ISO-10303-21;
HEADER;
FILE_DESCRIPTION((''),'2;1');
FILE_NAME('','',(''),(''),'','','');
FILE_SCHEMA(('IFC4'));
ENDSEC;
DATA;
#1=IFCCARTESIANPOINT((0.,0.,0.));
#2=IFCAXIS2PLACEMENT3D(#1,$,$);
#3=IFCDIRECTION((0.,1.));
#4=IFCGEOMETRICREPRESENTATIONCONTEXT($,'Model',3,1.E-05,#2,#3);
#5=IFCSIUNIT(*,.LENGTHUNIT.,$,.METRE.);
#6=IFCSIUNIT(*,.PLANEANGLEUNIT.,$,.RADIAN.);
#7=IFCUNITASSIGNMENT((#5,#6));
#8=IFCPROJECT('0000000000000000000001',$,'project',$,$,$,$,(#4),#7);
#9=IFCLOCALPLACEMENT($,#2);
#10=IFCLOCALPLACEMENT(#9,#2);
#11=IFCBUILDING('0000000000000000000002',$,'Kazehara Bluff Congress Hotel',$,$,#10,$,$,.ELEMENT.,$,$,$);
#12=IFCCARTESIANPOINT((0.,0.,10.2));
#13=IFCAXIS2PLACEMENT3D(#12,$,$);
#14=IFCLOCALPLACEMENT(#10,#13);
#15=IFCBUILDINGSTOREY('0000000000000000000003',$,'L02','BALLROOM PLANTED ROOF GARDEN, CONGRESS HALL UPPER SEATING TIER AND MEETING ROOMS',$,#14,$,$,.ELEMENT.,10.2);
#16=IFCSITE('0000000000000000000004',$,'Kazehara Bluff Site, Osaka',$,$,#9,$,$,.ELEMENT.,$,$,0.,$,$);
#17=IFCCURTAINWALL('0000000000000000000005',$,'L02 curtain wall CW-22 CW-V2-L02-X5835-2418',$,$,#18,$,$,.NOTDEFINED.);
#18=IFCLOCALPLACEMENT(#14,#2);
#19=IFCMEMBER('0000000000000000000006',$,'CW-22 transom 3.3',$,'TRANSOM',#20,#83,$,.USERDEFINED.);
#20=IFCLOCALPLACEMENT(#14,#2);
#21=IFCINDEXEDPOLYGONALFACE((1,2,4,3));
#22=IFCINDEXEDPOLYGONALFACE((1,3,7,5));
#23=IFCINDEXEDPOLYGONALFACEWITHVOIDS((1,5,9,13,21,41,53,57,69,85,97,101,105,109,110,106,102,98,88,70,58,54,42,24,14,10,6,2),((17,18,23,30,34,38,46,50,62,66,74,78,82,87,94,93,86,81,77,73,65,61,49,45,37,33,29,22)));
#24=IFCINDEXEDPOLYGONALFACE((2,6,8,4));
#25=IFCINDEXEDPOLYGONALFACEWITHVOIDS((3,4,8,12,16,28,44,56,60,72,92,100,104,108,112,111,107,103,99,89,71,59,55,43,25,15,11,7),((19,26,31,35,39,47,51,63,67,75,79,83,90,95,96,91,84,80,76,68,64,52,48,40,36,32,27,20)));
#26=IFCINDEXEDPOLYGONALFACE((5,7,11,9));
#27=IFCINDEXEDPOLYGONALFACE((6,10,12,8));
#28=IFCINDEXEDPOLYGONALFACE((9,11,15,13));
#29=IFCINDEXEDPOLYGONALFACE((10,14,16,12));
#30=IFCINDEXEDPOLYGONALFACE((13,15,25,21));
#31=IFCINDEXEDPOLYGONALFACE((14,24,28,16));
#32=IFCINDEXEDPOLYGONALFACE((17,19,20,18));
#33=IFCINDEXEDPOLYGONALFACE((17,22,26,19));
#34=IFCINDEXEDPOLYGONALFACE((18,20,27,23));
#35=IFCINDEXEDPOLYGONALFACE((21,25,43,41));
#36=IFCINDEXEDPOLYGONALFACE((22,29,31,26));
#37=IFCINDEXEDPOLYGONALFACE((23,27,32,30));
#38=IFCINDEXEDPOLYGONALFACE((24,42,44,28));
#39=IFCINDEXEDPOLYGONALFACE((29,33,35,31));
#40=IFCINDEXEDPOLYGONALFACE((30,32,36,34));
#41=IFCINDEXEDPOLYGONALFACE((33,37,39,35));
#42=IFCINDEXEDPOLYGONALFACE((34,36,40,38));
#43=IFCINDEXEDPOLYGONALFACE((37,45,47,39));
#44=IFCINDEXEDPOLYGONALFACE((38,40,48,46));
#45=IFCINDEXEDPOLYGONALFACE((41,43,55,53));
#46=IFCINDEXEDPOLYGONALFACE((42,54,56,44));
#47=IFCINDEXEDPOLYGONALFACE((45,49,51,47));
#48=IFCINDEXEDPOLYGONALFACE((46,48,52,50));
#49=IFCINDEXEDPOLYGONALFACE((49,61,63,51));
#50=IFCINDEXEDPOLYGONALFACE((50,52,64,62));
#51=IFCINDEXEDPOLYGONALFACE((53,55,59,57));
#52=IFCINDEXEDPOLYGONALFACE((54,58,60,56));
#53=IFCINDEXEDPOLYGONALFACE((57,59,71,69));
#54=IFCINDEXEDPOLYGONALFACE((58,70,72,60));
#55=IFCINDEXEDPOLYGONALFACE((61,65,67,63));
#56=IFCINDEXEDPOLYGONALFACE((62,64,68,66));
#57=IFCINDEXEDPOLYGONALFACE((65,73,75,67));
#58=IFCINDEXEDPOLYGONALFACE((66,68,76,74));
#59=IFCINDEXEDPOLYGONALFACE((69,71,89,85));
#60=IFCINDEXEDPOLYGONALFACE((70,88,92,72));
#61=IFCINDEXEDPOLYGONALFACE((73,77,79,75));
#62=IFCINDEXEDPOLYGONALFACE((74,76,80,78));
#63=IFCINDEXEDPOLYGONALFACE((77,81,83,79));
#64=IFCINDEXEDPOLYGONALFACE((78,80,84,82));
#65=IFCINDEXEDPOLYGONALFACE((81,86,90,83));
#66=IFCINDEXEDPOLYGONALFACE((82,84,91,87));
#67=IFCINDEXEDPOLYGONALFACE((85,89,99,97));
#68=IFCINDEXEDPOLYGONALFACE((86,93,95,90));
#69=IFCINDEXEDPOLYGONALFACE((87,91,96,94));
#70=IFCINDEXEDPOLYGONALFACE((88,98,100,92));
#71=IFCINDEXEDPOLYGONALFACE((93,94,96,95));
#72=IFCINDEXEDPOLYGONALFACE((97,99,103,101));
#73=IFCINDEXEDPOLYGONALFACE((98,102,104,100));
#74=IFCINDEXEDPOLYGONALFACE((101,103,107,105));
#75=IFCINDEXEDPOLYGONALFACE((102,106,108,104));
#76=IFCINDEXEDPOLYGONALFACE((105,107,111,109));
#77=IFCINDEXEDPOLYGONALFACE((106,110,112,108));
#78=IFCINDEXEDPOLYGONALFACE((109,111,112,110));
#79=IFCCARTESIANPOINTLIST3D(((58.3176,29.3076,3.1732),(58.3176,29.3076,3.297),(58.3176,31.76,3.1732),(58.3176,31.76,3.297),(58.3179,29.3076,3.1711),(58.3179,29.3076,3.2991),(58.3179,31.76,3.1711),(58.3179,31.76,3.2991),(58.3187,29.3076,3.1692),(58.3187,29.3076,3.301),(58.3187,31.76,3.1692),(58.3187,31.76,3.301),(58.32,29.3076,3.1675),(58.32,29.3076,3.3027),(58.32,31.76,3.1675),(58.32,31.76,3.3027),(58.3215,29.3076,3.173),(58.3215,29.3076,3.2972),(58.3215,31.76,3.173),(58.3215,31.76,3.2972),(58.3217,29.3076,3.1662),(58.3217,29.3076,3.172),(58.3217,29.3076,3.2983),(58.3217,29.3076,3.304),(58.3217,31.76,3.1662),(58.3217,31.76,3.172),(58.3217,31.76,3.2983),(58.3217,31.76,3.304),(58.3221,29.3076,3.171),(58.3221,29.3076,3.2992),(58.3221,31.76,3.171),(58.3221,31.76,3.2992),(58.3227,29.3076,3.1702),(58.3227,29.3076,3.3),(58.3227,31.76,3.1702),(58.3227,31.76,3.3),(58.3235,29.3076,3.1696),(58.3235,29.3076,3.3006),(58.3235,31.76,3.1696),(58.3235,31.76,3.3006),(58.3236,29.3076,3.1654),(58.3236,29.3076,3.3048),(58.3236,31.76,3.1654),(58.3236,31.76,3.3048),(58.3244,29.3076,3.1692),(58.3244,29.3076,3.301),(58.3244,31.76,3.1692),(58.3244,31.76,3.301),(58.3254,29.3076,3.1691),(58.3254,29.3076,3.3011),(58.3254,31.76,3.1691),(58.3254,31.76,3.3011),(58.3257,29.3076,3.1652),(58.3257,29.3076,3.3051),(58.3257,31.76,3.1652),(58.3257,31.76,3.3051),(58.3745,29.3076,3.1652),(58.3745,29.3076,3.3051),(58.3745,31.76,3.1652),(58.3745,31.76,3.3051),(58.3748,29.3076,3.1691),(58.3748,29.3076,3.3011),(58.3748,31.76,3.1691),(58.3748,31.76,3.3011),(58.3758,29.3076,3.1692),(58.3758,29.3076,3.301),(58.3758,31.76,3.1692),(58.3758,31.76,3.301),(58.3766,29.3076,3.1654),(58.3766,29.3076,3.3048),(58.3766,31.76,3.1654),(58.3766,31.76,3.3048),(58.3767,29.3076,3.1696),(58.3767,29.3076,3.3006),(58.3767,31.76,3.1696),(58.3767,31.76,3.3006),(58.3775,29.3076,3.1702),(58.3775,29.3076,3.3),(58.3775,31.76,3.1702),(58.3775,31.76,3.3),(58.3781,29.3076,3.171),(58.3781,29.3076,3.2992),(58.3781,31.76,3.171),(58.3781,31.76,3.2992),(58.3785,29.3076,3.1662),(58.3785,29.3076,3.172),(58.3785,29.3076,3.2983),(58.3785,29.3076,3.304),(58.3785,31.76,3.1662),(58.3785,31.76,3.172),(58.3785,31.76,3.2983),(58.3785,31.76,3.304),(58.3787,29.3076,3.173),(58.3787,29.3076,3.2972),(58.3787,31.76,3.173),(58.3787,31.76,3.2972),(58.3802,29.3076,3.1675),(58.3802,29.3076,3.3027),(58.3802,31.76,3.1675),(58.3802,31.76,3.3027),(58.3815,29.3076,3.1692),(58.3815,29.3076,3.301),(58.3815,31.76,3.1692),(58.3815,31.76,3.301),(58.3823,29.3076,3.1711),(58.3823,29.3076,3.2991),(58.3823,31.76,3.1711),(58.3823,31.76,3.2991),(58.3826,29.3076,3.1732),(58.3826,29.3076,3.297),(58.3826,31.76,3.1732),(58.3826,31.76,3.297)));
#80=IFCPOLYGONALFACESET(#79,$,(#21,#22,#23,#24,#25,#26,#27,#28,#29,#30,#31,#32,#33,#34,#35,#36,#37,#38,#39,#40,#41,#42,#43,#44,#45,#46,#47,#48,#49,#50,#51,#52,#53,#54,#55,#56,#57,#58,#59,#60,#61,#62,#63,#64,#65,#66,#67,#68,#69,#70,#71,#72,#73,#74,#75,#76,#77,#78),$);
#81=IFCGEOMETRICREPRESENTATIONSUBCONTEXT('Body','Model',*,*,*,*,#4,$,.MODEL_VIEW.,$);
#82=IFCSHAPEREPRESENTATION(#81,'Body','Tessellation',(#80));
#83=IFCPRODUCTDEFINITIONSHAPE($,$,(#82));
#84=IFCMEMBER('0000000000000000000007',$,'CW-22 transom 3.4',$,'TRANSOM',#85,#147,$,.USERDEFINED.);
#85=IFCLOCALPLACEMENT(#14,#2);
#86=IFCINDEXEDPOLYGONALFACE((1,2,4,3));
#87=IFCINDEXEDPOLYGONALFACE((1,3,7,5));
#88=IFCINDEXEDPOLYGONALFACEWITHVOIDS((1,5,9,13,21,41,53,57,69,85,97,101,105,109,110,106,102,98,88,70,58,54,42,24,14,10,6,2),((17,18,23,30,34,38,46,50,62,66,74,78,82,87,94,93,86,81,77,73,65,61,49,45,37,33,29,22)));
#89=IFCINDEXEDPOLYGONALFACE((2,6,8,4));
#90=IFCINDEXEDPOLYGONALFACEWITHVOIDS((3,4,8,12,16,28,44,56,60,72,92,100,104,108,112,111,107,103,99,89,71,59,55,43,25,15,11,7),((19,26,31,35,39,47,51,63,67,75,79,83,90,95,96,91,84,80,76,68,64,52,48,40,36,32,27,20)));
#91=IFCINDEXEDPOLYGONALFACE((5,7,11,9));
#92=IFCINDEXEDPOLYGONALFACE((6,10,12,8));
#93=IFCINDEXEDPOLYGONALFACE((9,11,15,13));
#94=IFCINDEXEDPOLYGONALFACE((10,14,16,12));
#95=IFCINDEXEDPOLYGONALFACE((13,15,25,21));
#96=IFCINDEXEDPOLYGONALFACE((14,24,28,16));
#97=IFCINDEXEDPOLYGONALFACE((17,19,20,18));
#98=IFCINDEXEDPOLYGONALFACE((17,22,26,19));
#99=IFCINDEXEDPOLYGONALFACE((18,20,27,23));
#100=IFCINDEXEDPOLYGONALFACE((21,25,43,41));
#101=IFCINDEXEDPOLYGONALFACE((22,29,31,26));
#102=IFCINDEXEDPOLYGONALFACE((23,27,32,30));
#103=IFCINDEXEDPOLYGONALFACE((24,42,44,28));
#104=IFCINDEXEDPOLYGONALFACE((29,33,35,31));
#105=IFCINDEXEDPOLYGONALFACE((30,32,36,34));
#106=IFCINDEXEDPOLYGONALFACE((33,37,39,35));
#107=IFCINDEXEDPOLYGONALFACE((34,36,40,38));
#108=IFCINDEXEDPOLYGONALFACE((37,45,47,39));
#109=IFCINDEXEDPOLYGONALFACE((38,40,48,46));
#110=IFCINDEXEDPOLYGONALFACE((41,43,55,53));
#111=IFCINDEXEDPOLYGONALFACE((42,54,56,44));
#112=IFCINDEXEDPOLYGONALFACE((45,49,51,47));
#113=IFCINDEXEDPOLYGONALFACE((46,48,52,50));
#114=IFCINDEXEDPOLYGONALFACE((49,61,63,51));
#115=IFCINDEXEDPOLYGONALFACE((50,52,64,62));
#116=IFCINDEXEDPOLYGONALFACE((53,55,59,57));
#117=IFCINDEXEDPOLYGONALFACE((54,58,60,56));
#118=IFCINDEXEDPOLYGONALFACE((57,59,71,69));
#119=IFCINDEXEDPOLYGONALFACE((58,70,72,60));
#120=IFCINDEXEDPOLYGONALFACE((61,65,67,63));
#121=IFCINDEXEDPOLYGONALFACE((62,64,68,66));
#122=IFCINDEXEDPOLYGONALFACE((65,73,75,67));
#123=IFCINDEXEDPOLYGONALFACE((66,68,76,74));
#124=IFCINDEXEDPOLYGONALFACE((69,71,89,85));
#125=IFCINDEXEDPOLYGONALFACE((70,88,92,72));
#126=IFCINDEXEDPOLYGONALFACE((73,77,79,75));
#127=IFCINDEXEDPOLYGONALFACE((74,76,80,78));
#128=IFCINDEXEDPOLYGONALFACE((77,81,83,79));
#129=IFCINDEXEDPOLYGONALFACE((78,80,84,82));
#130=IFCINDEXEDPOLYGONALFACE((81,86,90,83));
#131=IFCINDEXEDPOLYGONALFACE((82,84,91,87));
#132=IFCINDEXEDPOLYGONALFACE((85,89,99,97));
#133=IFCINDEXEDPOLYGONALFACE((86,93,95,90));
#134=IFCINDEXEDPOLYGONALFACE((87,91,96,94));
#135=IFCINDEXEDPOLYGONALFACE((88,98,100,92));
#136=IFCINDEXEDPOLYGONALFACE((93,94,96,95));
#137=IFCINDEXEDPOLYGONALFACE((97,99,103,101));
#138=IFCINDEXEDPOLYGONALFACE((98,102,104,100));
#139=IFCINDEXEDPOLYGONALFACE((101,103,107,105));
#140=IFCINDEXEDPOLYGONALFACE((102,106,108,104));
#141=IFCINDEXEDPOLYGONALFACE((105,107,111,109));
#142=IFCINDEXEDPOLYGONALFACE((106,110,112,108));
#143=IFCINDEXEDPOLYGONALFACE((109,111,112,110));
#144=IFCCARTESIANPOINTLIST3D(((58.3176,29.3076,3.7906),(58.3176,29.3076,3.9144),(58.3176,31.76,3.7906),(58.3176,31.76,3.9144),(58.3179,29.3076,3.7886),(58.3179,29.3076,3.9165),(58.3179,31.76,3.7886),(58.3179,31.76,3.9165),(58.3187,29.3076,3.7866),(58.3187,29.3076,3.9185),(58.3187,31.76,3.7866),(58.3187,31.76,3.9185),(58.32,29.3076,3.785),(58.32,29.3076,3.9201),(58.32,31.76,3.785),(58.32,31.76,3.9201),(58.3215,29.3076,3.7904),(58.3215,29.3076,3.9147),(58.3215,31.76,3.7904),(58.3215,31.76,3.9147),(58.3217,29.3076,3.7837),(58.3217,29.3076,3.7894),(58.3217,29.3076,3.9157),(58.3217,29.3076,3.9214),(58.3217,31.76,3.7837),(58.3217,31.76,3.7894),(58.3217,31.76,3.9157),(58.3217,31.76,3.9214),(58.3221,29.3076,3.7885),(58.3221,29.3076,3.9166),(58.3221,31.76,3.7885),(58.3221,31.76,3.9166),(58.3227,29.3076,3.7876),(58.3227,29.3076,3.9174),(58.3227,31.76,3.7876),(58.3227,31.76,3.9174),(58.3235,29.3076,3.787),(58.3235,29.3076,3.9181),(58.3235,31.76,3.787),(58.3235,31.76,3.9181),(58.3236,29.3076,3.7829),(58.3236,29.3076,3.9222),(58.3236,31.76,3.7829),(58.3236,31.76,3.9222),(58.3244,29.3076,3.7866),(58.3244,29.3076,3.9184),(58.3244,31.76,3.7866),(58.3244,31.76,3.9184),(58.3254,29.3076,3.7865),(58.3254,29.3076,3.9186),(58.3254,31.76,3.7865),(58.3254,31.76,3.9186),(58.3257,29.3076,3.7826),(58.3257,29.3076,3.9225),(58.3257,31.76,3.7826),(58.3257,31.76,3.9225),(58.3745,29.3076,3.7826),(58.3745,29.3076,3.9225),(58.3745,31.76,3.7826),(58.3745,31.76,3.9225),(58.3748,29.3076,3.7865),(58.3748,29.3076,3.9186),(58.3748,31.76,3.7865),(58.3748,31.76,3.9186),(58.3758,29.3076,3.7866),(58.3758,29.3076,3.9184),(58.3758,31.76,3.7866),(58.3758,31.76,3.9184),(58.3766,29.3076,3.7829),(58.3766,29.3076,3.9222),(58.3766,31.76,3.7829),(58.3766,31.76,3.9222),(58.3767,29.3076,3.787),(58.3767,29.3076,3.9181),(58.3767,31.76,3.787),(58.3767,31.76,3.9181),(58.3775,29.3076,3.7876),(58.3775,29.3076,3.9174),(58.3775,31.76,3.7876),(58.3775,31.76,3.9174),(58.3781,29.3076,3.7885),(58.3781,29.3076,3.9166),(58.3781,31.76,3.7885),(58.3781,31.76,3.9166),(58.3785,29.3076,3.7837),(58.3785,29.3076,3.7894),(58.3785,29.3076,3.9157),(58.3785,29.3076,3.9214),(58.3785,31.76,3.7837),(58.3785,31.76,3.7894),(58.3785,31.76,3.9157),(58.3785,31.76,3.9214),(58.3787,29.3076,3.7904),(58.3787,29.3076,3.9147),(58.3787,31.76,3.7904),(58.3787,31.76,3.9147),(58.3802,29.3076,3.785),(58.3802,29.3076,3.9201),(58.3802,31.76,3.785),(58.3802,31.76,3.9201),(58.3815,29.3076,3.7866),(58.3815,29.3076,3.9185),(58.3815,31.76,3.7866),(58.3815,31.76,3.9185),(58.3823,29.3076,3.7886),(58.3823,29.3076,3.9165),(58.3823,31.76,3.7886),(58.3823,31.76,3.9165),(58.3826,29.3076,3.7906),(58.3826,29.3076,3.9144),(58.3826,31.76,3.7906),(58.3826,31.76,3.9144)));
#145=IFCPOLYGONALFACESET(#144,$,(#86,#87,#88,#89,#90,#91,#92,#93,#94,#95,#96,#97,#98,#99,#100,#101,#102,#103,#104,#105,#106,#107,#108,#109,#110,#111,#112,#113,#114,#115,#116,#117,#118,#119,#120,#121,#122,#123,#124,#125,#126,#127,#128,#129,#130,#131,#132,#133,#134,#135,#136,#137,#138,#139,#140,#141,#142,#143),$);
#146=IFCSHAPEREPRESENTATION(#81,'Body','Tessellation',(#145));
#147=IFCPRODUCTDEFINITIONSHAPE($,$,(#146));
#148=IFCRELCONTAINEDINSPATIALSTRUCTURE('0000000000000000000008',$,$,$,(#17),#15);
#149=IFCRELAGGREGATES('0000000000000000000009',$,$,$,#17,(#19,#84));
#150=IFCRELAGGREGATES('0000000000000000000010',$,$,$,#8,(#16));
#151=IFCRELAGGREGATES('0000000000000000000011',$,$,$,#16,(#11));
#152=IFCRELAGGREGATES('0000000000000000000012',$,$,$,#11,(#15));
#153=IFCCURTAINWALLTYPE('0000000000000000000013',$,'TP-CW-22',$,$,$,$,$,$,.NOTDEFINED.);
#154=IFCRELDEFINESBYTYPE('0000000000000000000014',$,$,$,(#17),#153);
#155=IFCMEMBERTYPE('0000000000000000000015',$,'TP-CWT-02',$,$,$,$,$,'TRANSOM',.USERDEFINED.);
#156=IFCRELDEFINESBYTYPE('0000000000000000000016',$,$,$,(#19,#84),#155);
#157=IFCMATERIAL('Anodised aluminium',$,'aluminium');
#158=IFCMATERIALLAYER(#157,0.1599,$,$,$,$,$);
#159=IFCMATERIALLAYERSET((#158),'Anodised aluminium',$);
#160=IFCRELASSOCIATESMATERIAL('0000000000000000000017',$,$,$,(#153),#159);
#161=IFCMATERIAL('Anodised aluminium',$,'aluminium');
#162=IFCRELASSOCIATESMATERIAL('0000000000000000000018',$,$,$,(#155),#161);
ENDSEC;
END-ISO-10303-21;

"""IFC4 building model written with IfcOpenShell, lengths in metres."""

from ifc_helpers import new_model, si_unit, direction, frame, origin, origin_2d, place, context, subcontext, project, spatial, hollow_rectangle, extrude, material, layer, layer_set, material_profile, profile_set, type_object, element, aggregate, save


model = new_model("IFC4")

# Units and contexts
model_context = context("Model", 3, precision=1e-05, world=origin(), true_north=direction((0.0, 1.0)))
body_context = subcontext(model_context, "Body", "Model", "MODEL_VIEW")
ifc_project = project(units=[si_unit("LENGTHUNIT", "METRE"), si_unit("PLANEANGLEUNIT", "RADIAN")], contexts=[model_context])

# Site, building, storey
site_placement = place(None, origin())
site = spatial("IfcSite", under=ifc_project, at=site_placement, Name="Kazehara Bluff Site, Osaka", CompositionType="ELEMENT", RefElevation=0.0)
building_placement = place(site_placement, origin())
building = spatial("IfcBuilding", under=site, at=building_placement, Name="Kazehara Bluff Congress Hotel", CompositionType="ELEMENT")
storey_placement = place(building_placement, frame((0.0, 0.0, 10.2)))
storey = spatial("IfcBuildingStorey", under=building, at=storey_placement, Name="L02", Description="BALLROOM PLANTED ROOF GARDEN, CONGRESS HALL UPPER SEATING TIER AND MEETING ROOMS", CompositionType="ELEMENT", Elevation=10.2)

# Curtain wall
ifc_material_1 = material(Name="Anodised aluminium", Category="aluminium")
ifc_layer_1 = layer(ifc_material_1, 0.1599)
ifc_layer_set_1 = layer_set([ifc_layer_1], Name="Anodised aluminium")
curtain_wall_type_1 = type_object("IfcCurtainWallType", Name="TP-CW-22", PredefinedType="NOTDEFINED", material=ifc_layer_set_1)
curtain_wall_1_placement = place(storey_placement, origin())
curtain_wall_1 = element("IfcCurtainWall", 1, at=curtain_wall_1_placement, inside=storey, type_object=curtain_wall_type_1, Name="L02 curtain wall CW-22 CW-V2-L02-X5835-2418", PredefinedType="NOTDEFINED")

# Members
ifc_material_2 = material(Name="Anodised aluminium", Category="aluminium")
ifc_material_profile_1 = material_profile(ifc_material_2, hollow_rectangle(XDim=0.0649, YDim=0.1399, WallThickness=0.0039, InnerFilletRadius=0.0039, OuterFilletRadius=0.0081, at=origin_2d()))
ifc_profile_set_1 = profile_set([ifc_material_profile_1], Name="Anodised aluminium")
member_type_1 = type_object("IfcMemberType", Name="TP-CWT-02", ElementType="TRANSOM", PredefinedType="USERDEFINED", material=ifc_profile_set_1)
member_1_placement = place(storey_placement, frame((58.3501, 29.3076, 3.2351), z_axis=(0.0, 1.0, 0.0), x_axis=(-1.0, 0.0, 0.0)))
member_1 = element("IfcMember", 2, at=member_1_placement, type_object=member_type_1, Name="CW-22 transom 3.3", ObjectType="TRANSOM", PredefinedType="USERDEFINED", context=body_context, shape_type="SweptSolid", body=[
    extrude(hollow_rectangle(XDim=0.0649, YDim=0.1399, WallThickness=0.0039, InnerFilletRadius=0.0039, OuterFilletRadius=0.0081, at=origin_2d()), origin(), (0.0, 0.0, 1.0), 2.4524),
])
member_2_placement = place(storey_placement, frame((58.3501, 29.3076, 3.8525), z_axis=(0.0, 1.0, 0.0), x_axis=(-1.0, 0.0, 0.0)))
member_2 = element("IfcMember", 3, at=member_2_placement, type_object=member_type_1, Name="CW-22 transom 3.4", ObjectType="TRANSOM", PredefinedType="USERDEFINED", context=body_context, shape_type="SweptSolid", body=[
    extrude(hollow_rectangle(XDim=0.0649, YDim=0.1399, WallThickness=0.0039, InnerFilletRadius=0.0039, OuterFilletRadius=0.0081, at=origin_2d()), origin(), (0.0, 0.0, 1.0), 2.4524),
])

aggregate(curtain_wall_1, [member_1, member_2])

save(model, "model.ifc")
